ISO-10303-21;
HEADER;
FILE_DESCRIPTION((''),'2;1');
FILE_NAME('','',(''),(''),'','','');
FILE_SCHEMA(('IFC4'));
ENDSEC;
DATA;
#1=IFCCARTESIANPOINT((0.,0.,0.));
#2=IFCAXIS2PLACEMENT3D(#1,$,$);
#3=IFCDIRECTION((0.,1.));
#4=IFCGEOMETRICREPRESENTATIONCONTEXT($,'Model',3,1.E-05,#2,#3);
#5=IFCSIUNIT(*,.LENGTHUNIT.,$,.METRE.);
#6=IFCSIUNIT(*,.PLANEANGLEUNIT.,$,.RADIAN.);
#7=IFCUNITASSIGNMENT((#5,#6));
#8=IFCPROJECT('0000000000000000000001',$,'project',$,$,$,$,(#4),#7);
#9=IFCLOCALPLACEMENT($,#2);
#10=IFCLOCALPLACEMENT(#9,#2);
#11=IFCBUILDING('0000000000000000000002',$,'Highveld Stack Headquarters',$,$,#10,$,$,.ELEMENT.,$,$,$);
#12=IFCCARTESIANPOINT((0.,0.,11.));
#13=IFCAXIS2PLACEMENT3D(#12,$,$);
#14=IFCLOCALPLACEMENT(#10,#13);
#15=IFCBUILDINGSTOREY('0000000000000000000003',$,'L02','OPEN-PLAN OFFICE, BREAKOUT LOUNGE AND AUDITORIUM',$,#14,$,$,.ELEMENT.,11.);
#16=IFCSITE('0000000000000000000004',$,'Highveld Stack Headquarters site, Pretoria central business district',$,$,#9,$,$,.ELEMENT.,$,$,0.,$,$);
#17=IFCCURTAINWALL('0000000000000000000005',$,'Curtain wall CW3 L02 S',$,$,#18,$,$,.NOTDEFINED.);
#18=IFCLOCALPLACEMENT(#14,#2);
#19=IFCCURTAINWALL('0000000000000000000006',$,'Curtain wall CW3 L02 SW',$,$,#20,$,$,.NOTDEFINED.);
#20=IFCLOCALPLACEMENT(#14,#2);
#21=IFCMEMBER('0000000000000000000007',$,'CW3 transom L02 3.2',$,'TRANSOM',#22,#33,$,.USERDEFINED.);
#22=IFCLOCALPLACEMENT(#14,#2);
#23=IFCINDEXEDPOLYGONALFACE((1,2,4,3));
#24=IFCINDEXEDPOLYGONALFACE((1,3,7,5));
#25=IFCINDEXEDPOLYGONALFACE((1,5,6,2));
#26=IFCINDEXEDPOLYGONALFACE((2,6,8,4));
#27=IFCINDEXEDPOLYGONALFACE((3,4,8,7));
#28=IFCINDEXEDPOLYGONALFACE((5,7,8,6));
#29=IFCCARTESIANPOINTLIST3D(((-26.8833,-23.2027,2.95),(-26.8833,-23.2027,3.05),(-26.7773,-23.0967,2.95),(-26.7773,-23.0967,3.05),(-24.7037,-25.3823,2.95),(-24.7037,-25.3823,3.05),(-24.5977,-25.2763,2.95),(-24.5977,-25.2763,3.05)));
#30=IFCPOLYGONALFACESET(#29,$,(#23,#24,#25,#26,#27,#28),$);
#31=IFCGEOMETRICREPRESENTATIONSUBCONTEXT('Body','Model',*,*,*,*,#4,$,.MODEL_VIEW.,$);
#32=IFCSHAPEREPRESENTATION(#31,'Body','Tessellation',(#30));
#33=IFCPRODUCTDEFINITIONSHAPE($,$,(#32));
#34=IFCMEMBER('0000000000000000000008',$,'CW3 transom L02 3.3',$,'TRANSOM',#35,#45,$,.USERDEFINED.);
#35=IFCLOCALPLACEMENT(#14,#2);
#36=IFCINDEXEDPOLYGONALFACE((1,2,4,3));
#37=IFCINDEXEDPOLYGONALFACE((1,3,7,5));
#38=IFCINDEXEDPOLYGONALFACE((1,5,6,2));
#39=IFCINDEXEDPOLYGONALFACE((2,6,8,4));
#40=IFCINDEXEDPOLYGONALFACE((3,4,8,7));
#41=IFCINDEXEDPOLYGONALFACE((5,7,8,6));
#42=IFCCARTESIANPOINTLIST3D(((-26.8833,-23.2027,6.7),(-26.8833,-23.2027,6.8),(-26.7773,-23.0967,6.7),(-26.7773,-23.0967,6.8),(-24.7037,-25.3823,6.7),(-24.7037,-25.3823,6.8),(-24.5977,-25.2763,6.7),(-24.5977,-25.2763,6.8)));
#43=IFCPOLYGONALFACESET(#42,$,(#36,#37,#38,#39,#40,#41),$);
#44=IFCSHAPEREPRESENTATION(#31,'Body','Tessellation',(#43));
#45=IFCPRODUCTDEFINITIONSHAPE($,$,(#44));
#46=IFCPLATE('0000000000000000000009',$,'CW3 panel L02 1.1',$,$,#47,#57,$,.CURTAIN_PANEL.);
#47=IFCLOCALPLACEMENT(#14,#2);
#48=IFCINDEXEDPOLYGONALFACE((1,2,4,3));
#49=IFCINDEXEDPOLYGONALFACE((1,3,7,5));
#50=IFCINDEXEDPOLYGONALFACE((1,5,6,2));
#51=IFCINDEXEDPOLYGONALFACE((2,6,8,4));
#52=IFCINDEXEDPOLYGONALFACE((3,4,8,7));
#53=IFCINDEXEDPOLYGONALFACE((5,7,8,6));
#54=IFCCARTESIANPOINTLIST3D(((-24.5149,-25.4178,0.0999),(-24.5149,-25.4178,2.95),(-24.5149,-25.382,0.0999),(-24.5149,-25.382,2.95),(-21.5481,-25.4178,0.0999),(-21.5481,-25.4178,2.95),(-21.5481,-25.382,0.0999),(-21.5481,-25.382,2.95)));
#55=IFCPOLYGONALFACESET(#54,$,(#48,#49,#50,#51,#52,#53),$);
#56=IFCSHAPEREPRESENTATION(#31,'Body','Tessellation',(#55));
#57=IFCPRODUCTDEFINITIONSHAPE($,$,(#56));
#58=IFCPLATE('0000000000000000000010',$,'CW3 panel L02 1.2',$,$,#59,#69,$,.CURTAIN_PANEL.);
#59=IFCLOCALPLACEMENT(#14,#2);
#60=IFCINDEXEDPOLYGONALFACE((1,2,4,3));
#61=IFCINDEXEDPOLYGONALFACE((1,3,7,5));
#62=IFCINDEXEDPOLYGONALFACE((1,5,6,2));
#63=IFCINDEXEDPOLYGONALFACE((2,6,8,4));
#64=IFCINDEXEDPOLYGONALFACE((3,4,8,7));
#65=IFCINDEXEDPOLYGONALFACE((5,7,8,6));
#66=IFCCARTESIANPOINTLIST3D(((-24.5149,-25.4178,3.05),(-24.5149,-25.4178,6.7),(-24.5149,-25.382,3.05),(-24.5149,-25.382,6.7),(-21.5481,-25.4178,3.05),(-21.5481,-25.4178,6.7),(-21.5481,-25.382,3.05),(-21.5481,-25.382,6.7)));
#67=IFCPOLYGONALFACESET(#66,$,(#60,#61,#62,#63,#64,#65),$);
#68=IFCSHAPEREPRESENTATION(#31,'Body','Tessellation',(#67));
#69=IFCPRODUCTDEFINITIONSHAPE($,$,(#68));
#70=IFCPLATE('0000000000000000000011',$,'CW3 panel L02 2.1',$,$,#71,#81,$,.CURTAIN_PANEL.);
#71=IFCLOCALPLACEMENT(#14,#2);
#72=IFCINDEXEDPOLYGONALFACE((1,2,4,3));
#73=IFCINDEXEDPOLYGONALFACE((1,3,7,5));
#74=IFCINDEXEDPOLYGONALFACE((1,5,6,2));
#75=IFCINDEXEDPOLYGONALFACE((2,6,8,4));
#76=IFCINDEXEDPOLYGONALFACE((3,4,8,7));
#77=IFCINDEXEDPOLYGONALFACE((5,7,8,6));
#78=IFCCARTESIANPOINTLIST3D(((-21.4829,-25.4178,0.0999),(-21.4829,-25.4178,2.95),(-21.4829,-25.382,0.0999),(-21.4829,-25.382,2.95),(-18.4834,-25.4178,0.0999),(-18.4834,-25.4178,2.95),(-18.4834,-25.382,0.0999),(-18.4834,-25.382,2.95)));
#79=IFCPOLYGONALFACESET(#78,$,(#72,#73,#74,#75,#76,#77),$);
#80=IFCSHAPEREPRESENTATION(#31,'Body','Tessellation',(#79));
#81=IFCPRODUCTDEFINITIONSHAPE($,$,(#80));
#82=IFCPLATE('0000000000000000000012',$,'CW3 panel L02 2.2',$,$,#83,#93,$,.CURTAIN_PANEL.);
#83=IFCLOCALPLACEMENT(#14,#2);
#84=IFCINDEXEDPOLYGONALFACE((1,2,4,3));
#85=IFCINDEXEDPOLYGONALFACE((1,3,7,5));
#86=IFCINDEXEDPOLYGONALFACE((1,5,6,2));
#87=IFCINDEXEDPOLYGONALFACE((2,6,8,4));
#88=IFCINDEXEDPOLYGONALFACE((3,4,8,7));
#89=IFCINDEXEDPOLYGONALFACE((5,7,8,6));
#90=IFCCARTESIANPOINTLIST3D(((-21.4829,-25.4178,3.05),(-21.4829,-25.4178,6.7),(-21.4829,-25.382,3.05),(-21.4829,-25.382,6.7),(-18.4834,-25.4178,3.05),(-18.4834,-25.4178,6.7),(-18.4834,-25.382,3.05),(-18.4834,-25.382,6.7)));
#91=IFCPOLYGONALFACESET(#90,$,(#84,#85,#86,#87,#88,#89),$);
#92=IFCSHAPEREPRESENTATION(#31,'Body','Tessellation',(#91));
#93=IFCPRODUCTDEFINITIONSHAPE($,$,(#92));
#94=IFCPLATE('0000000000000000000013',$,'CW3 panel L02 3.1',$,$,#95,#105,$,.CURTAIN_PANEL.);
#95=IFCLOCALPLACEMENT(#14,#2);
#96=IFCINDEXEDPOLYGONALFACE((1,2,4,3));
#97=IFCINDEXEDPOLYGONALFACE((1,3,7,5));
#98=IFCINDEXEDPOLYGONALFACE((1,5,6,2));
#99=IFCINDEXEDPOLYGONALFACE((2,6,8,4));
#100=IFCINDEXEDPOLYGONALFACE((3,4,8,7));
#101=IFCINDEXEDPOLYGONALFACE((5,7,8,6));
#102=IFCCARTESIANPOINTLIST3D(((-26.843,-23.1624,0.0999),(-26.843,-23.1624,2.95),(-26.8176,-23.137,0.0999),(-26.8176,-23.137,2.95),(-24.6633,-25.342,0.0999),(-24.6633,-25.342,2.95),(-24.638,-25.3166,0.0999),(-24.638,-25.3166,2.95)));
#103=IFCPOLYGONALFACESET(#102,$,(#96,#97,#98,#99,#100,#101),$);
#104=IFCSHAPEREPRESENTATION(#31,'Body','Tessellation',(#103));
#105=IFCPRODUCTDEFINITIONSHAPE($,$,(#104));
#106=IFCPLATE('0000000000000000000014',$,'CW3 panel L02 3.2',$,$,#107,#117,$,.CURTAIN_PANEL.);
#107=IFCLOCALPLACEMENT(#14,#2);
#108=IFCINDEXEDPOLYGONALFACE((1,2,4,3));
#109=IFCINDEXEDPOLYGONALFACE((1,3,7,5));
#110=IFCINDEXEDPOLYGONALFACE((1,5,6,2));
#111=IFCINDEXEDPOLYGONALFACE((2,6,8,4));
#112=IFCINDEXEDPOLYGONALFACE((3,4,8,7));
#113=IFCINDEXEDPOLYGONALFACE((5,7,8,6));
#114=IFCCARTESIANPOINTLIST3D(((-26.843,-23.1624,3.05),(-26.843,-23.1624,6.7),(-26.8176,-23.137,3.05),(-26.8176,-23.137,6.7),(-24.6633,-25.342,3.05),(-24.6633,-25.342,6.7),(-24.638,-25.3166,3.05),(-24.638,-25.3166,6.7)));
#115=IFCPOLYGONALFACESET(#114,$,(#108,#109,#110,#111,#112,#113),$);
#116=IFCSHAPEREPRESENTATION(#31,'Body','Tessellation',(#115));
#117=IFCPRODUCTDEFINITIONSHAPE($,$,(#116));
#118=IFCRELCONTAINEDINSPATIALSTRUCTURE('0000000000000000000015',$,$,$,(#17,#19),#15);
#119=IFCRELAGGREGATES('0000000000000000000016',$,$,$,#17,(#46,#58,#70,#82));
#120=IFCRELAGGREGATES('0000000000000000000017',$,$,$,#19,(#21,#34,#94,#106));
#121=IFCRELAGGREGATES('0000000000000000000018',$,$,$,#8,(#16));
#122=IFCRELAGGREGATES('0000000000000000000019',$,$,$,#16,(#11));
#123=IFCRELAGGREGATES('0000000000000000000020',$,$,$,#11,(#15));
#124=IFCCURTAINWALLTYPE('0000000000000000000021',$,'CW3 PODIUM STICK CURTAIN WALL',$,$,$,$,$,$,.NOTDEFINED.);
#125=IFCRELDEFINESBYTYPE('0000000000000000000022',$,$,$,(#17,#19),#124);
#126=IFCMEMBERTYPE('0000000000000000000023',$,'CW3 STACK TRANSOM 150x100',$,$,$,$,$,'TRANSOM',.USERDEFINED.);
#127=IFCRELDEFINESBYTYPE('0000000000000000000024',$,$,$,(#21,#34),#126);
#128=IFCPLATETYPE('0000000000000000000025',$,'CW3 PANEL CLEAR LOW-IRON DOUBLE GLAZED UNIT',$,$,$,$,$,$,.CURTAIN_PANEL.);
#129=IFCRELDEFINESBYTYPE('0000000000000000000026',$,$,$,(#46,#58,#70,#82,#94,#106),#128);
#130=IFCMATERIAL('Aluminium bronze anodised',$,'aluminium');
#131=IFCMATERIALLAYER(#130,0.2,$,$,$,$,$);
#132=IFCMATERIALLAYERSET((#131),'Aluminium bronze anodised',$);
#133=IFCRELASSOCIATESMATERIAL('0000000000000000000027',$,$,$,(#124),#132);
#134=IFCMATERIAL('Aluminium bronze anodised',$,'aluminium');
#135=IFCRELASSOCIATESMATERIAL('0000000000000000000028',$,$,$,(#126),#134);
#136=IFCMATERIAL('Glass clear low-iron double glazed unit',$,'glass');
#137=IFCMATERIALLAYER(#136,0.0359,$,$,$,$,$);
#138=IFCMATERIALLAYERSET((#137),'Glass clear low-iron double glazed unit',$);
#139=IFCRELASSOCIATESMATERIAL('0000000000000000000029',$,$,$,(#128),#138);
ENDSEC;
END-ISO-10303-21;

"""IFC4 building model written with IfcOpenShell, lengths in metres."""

from ifc_helpers import new_model, si_unit, direction, frame, origin, origin_2d, place, context, subcontext, project, spatial, rectangle, extrude, material, layer, layer_set, material_profile, profile_set, type_object, element, aggregate, save


model = new_model("IFC4")

# Units and contexts
model_context = context("Model", 3, precision=1e-05, world=origin(), true_north=direction((0.0, 1.0)))
body_context = subcontext(model_context, "Body", "Model", "MODEL_VIEW")
ifc_project = project(units=[si_unit("LENGTHUNIT", "METRE"), si_unit("PLANEANGLEUNIT", "RADIAN")], contexts=[model_context])

# Site, building, storey
site_placement = place(None, origin())
site = spatial("IfcSite", under=ifc_project, at=site_placement, Name="Highveld Stack Headquarters site, Pretoria central business district", CompositionType="ELEMENT", RefElevation=0.0)
building_placement = place(site_placement, origin())
building = spatial("IfcBuilding", under=site, at=building_placement, Name="Highveld Stack Headquarters", CompositionType="ELEMENT")
storey_placement = place(building_placement, frame((0.0, 0.0, 11.0)))
storey = spatial("IfcBuildingStorey", under=building, at=storey_placement, Name="L02", Description="OPEN-PLAN OFFICE, BREAKOUT LOUNGE AND AUDITORIUM", CompositionType="ELEMENT", Elevation=11.0)

# Curtain walls, members
ifc_material_1 = material(Name="Aluminium bronze anodised", Category="aluminium")
ifc_layer_1 = layer(ifc_material_1, 0.2)
ifc_layer_set_1 = layer_set([ifc_layer_1], Name="Aluminium bronze anodised")
curtain_wall_type = type_object("IfcCurtainWallType", Name="CW3 PODIUM STICK CURTAIN WALL", PredefinedType="NOTDEFINED", material=ifc_layer_set_1)
curtain_wall_1_placement = place(storey_placement, origin())
curtain_wall_1 = element("IfcCurtainWall", 1, at=curtain_wall_1_placement, inside=storey, type_object=curtain_wall_type, Name="Curtain wall CW3 L02 S", PredefinedType="NOTDEFINED")
ifc_material_2 = material(Name="Aluminium bronze anodised", Category="aluminium")
ifc_material_profile_1 = material_profile(ifc_material_2, rectangle(XDim=0.1499, YDim=0.1001, at=origin_2d()), Name="CW3 TRANSOM 150x100")
ifc_profile_set_1 = profile_set([ifc_material_profile_1], Name="Aluminium bronze anodised")
member_type_1 = type_object("IfcMemberType", Name="CW3 STACK TRANSOM 150x100", ElementType="TRANSOM", PredefinedType="USERDEFINED", material=ifc_profile_set_1)
curtain_wall_2_placement = place(storey_placement, origin())
curtain_wall_2 = element("IfcCurtainWall", 2, at=curtain_wall_2_placement, inside=storey, type_object=curtain_wall_type, Name="Curtain wall CW3 L02 SW", PredefinedType="NOTDEFINED")
member_1_placement = place(storey_placement, frame((-26.8303, -23.1497, 3.0), z_axis=(0.707107, -0.707107, 0.0), x_axis=(0.707107, 0.707107, 0.0)))
member_1 = element("IfcMember", 3, at=member_1_placement, type_object=member_type_1, Name="CW3 transom L02 3.2", ObjectType="TRANSOM", PredefinedType="USERDEFINED", context=body_context, shape_type="SweptSolid", body=[
    extrude(rectangle(XDim=0.1499, YDim=0.1001, at=origin_2d()), origin(), (0.0, 0.0, 1.0), 3.0825),
])
member_2_placement = place(storey_placement, frame((-26.8303, -23.1497, 6.75), z_axis=(0.707107, -0.707107, 0.0), x_axis=(0.707107, 0.707107, 0.0)))
member_2 = element("IfcMember", 4, at=member_2_placement, type_object=member_type_1, Name="CW3 transom L02 3.3", ObjectType="TRANSOM", PredefinedType="USERDEFINED", context=body_context, shape_type="SweptSolid", body=[
    extrude(rectangle(XDim=0.1499, YDim=0.1001, at=origin_2d()), origin(), (0.0, 0.0, 1.0), 3.0825),
])

# Plates
ifc_material_3 = material(Name="Glass clear low-iron double glazed unit", Category="glass")
ifc_layer_2 = layer(ifc_material_3, 0.0359)
ifc_layer_set_2 = layer_set([ifc_layer_2], Name="Glass clear low-iron double glazed unit")
plate_type = type_object("IfcPlateType", Name="CW3 PANEL CLEAR LOW-IRON DOUBLE GLAZED UNIT", PredefinedType="CURTAIN_PANEL", material=ifc_layer_set_2)
plate_1_placement = place(storey_placement, frame((-23.0315, -25.3999, 0.0999), z_axis=(0.0, 0.0, 1.0), x_axis=(1.0, 0.0, 0.0)))
plate_1 = element("IfcPlate", 5, at=plate_1_placement, type_object=plate_type, Name="CW3 panel L02 1.1", PredefinedType="CURTAIN_PANEL", context=body_context, shape_type="SweptSolid", body=[
    extrude(rectangle(XDim=2.9668, YDim=0.0359, at=origin_2d()), origin(), (0.0, 0.0, 1.0), 2.8501),
])
plate_2_placement = place(storey_placement, frame((-23.0315, -25.3999, 3.05), z_axis=(0.0, 0.0, 1.0), x_axis=(1.0, 0.0, 0.0)))
plate_2 = element("IfcPlate", 6, at=plate_2_placement, type_object=plate_type, Name="CW3 panel L02 1.2", PredefinedType="CURTAIN_PANEL", context=body_context, shape_type="SweptSolid", body=[
    extrude(rectangle(XDim=2.9668, YDim=0.0359, at=origin_2d()), origin(), (0.0, 0.0, 1.0), 3.6499),
])
plate_3_placement = place(storey_placement, frame((-19.9832, -25.3999, 0.0999), z_axis=(0.0, 0.0, 1.0), x_axis=(1.0, 0.0, 0.0)))
plate_3 = element("IfcPlate", 7, at=plate_3_placement, type_object=plate_type, Name="CW3 panel L02 2.1", PredefinedType="CURTAIN_PANEL", context=body_context, shape_type="SweptSolid", body=[
    extrude(rectangle(XDim=2.9995, YDim=0.0359, at=origin_2d()), origin(), (0.0, 0.0, 1.0), 2.8501),
])
plate_4_placement = place(storey_placement, frame((-19.9832, -25.3999, 3.05), z_axis=(0.0, 0.0, 1.0), x_axis=(1.0, 0.0, 0.0)))
plate_4 = element("IfcPlate", 8, at=plate_4_placement, type_object=plate_type, Name="CW3 panel L02 2.2", PredefinedType="CURTAIN_PANEL", context=body_context, shape_type="SweptSolid", body=[
    extrude(rectangle(XDim=2.9995, YDim=0.0359, at=origin_2d()), origin(), (0.0, 0.0, 1.0), 3.6499),
])
aggregate(curtain_wall_1, [plate_1, plate_2, plate_3, plate_4])
plate_5_placement = place(storey_placement, frame((-25.7405, -24.2395, 0.0999), z_axis=(0.0, 0.0, 1.0), x_axis=(0.707107, -0.707107, 0.0)))
plate_5 = element("IfcPlate", 9, at=plate_5_placement, type_object=plate_type, Name="CW3 panel L02 3.1", PredefinedType="CURTAIN_PANEL", context=body_context, shape_type="SweptSolid", body=[
    extrude(rectangle(XDim=3.0825, YDim=0.0359, at=origin_2d()), origin(), (0.0, 0.0, 1.0), 2.8501),
])
plate_6_placement = place(storey_placement, frame((-25.7405, -24.2395, 3.05), z_axis=(0.0, 0.0, 1.0), x_axis=(0.707107, -0.707107, 0.0)))
plate_6 = element("IfcPlate", 10, at=plate_6_placement, type_object=plate_type, Name="CW3 panel L02 3.2", PredefinedType="CURTAIN_PANEL", context=body_context, shape_type="SweptSolid", body=[
    extrude(rectangle(XDim=3.0825, YDim=0.0359, at=origin_2d()), origin(), (0.0, 0.0, 1.0), 3.6499),
])
aggregate(curtain_wall_2, [member_1, member_2, plate_5, plate_6])

save(model, "model.ifc")
